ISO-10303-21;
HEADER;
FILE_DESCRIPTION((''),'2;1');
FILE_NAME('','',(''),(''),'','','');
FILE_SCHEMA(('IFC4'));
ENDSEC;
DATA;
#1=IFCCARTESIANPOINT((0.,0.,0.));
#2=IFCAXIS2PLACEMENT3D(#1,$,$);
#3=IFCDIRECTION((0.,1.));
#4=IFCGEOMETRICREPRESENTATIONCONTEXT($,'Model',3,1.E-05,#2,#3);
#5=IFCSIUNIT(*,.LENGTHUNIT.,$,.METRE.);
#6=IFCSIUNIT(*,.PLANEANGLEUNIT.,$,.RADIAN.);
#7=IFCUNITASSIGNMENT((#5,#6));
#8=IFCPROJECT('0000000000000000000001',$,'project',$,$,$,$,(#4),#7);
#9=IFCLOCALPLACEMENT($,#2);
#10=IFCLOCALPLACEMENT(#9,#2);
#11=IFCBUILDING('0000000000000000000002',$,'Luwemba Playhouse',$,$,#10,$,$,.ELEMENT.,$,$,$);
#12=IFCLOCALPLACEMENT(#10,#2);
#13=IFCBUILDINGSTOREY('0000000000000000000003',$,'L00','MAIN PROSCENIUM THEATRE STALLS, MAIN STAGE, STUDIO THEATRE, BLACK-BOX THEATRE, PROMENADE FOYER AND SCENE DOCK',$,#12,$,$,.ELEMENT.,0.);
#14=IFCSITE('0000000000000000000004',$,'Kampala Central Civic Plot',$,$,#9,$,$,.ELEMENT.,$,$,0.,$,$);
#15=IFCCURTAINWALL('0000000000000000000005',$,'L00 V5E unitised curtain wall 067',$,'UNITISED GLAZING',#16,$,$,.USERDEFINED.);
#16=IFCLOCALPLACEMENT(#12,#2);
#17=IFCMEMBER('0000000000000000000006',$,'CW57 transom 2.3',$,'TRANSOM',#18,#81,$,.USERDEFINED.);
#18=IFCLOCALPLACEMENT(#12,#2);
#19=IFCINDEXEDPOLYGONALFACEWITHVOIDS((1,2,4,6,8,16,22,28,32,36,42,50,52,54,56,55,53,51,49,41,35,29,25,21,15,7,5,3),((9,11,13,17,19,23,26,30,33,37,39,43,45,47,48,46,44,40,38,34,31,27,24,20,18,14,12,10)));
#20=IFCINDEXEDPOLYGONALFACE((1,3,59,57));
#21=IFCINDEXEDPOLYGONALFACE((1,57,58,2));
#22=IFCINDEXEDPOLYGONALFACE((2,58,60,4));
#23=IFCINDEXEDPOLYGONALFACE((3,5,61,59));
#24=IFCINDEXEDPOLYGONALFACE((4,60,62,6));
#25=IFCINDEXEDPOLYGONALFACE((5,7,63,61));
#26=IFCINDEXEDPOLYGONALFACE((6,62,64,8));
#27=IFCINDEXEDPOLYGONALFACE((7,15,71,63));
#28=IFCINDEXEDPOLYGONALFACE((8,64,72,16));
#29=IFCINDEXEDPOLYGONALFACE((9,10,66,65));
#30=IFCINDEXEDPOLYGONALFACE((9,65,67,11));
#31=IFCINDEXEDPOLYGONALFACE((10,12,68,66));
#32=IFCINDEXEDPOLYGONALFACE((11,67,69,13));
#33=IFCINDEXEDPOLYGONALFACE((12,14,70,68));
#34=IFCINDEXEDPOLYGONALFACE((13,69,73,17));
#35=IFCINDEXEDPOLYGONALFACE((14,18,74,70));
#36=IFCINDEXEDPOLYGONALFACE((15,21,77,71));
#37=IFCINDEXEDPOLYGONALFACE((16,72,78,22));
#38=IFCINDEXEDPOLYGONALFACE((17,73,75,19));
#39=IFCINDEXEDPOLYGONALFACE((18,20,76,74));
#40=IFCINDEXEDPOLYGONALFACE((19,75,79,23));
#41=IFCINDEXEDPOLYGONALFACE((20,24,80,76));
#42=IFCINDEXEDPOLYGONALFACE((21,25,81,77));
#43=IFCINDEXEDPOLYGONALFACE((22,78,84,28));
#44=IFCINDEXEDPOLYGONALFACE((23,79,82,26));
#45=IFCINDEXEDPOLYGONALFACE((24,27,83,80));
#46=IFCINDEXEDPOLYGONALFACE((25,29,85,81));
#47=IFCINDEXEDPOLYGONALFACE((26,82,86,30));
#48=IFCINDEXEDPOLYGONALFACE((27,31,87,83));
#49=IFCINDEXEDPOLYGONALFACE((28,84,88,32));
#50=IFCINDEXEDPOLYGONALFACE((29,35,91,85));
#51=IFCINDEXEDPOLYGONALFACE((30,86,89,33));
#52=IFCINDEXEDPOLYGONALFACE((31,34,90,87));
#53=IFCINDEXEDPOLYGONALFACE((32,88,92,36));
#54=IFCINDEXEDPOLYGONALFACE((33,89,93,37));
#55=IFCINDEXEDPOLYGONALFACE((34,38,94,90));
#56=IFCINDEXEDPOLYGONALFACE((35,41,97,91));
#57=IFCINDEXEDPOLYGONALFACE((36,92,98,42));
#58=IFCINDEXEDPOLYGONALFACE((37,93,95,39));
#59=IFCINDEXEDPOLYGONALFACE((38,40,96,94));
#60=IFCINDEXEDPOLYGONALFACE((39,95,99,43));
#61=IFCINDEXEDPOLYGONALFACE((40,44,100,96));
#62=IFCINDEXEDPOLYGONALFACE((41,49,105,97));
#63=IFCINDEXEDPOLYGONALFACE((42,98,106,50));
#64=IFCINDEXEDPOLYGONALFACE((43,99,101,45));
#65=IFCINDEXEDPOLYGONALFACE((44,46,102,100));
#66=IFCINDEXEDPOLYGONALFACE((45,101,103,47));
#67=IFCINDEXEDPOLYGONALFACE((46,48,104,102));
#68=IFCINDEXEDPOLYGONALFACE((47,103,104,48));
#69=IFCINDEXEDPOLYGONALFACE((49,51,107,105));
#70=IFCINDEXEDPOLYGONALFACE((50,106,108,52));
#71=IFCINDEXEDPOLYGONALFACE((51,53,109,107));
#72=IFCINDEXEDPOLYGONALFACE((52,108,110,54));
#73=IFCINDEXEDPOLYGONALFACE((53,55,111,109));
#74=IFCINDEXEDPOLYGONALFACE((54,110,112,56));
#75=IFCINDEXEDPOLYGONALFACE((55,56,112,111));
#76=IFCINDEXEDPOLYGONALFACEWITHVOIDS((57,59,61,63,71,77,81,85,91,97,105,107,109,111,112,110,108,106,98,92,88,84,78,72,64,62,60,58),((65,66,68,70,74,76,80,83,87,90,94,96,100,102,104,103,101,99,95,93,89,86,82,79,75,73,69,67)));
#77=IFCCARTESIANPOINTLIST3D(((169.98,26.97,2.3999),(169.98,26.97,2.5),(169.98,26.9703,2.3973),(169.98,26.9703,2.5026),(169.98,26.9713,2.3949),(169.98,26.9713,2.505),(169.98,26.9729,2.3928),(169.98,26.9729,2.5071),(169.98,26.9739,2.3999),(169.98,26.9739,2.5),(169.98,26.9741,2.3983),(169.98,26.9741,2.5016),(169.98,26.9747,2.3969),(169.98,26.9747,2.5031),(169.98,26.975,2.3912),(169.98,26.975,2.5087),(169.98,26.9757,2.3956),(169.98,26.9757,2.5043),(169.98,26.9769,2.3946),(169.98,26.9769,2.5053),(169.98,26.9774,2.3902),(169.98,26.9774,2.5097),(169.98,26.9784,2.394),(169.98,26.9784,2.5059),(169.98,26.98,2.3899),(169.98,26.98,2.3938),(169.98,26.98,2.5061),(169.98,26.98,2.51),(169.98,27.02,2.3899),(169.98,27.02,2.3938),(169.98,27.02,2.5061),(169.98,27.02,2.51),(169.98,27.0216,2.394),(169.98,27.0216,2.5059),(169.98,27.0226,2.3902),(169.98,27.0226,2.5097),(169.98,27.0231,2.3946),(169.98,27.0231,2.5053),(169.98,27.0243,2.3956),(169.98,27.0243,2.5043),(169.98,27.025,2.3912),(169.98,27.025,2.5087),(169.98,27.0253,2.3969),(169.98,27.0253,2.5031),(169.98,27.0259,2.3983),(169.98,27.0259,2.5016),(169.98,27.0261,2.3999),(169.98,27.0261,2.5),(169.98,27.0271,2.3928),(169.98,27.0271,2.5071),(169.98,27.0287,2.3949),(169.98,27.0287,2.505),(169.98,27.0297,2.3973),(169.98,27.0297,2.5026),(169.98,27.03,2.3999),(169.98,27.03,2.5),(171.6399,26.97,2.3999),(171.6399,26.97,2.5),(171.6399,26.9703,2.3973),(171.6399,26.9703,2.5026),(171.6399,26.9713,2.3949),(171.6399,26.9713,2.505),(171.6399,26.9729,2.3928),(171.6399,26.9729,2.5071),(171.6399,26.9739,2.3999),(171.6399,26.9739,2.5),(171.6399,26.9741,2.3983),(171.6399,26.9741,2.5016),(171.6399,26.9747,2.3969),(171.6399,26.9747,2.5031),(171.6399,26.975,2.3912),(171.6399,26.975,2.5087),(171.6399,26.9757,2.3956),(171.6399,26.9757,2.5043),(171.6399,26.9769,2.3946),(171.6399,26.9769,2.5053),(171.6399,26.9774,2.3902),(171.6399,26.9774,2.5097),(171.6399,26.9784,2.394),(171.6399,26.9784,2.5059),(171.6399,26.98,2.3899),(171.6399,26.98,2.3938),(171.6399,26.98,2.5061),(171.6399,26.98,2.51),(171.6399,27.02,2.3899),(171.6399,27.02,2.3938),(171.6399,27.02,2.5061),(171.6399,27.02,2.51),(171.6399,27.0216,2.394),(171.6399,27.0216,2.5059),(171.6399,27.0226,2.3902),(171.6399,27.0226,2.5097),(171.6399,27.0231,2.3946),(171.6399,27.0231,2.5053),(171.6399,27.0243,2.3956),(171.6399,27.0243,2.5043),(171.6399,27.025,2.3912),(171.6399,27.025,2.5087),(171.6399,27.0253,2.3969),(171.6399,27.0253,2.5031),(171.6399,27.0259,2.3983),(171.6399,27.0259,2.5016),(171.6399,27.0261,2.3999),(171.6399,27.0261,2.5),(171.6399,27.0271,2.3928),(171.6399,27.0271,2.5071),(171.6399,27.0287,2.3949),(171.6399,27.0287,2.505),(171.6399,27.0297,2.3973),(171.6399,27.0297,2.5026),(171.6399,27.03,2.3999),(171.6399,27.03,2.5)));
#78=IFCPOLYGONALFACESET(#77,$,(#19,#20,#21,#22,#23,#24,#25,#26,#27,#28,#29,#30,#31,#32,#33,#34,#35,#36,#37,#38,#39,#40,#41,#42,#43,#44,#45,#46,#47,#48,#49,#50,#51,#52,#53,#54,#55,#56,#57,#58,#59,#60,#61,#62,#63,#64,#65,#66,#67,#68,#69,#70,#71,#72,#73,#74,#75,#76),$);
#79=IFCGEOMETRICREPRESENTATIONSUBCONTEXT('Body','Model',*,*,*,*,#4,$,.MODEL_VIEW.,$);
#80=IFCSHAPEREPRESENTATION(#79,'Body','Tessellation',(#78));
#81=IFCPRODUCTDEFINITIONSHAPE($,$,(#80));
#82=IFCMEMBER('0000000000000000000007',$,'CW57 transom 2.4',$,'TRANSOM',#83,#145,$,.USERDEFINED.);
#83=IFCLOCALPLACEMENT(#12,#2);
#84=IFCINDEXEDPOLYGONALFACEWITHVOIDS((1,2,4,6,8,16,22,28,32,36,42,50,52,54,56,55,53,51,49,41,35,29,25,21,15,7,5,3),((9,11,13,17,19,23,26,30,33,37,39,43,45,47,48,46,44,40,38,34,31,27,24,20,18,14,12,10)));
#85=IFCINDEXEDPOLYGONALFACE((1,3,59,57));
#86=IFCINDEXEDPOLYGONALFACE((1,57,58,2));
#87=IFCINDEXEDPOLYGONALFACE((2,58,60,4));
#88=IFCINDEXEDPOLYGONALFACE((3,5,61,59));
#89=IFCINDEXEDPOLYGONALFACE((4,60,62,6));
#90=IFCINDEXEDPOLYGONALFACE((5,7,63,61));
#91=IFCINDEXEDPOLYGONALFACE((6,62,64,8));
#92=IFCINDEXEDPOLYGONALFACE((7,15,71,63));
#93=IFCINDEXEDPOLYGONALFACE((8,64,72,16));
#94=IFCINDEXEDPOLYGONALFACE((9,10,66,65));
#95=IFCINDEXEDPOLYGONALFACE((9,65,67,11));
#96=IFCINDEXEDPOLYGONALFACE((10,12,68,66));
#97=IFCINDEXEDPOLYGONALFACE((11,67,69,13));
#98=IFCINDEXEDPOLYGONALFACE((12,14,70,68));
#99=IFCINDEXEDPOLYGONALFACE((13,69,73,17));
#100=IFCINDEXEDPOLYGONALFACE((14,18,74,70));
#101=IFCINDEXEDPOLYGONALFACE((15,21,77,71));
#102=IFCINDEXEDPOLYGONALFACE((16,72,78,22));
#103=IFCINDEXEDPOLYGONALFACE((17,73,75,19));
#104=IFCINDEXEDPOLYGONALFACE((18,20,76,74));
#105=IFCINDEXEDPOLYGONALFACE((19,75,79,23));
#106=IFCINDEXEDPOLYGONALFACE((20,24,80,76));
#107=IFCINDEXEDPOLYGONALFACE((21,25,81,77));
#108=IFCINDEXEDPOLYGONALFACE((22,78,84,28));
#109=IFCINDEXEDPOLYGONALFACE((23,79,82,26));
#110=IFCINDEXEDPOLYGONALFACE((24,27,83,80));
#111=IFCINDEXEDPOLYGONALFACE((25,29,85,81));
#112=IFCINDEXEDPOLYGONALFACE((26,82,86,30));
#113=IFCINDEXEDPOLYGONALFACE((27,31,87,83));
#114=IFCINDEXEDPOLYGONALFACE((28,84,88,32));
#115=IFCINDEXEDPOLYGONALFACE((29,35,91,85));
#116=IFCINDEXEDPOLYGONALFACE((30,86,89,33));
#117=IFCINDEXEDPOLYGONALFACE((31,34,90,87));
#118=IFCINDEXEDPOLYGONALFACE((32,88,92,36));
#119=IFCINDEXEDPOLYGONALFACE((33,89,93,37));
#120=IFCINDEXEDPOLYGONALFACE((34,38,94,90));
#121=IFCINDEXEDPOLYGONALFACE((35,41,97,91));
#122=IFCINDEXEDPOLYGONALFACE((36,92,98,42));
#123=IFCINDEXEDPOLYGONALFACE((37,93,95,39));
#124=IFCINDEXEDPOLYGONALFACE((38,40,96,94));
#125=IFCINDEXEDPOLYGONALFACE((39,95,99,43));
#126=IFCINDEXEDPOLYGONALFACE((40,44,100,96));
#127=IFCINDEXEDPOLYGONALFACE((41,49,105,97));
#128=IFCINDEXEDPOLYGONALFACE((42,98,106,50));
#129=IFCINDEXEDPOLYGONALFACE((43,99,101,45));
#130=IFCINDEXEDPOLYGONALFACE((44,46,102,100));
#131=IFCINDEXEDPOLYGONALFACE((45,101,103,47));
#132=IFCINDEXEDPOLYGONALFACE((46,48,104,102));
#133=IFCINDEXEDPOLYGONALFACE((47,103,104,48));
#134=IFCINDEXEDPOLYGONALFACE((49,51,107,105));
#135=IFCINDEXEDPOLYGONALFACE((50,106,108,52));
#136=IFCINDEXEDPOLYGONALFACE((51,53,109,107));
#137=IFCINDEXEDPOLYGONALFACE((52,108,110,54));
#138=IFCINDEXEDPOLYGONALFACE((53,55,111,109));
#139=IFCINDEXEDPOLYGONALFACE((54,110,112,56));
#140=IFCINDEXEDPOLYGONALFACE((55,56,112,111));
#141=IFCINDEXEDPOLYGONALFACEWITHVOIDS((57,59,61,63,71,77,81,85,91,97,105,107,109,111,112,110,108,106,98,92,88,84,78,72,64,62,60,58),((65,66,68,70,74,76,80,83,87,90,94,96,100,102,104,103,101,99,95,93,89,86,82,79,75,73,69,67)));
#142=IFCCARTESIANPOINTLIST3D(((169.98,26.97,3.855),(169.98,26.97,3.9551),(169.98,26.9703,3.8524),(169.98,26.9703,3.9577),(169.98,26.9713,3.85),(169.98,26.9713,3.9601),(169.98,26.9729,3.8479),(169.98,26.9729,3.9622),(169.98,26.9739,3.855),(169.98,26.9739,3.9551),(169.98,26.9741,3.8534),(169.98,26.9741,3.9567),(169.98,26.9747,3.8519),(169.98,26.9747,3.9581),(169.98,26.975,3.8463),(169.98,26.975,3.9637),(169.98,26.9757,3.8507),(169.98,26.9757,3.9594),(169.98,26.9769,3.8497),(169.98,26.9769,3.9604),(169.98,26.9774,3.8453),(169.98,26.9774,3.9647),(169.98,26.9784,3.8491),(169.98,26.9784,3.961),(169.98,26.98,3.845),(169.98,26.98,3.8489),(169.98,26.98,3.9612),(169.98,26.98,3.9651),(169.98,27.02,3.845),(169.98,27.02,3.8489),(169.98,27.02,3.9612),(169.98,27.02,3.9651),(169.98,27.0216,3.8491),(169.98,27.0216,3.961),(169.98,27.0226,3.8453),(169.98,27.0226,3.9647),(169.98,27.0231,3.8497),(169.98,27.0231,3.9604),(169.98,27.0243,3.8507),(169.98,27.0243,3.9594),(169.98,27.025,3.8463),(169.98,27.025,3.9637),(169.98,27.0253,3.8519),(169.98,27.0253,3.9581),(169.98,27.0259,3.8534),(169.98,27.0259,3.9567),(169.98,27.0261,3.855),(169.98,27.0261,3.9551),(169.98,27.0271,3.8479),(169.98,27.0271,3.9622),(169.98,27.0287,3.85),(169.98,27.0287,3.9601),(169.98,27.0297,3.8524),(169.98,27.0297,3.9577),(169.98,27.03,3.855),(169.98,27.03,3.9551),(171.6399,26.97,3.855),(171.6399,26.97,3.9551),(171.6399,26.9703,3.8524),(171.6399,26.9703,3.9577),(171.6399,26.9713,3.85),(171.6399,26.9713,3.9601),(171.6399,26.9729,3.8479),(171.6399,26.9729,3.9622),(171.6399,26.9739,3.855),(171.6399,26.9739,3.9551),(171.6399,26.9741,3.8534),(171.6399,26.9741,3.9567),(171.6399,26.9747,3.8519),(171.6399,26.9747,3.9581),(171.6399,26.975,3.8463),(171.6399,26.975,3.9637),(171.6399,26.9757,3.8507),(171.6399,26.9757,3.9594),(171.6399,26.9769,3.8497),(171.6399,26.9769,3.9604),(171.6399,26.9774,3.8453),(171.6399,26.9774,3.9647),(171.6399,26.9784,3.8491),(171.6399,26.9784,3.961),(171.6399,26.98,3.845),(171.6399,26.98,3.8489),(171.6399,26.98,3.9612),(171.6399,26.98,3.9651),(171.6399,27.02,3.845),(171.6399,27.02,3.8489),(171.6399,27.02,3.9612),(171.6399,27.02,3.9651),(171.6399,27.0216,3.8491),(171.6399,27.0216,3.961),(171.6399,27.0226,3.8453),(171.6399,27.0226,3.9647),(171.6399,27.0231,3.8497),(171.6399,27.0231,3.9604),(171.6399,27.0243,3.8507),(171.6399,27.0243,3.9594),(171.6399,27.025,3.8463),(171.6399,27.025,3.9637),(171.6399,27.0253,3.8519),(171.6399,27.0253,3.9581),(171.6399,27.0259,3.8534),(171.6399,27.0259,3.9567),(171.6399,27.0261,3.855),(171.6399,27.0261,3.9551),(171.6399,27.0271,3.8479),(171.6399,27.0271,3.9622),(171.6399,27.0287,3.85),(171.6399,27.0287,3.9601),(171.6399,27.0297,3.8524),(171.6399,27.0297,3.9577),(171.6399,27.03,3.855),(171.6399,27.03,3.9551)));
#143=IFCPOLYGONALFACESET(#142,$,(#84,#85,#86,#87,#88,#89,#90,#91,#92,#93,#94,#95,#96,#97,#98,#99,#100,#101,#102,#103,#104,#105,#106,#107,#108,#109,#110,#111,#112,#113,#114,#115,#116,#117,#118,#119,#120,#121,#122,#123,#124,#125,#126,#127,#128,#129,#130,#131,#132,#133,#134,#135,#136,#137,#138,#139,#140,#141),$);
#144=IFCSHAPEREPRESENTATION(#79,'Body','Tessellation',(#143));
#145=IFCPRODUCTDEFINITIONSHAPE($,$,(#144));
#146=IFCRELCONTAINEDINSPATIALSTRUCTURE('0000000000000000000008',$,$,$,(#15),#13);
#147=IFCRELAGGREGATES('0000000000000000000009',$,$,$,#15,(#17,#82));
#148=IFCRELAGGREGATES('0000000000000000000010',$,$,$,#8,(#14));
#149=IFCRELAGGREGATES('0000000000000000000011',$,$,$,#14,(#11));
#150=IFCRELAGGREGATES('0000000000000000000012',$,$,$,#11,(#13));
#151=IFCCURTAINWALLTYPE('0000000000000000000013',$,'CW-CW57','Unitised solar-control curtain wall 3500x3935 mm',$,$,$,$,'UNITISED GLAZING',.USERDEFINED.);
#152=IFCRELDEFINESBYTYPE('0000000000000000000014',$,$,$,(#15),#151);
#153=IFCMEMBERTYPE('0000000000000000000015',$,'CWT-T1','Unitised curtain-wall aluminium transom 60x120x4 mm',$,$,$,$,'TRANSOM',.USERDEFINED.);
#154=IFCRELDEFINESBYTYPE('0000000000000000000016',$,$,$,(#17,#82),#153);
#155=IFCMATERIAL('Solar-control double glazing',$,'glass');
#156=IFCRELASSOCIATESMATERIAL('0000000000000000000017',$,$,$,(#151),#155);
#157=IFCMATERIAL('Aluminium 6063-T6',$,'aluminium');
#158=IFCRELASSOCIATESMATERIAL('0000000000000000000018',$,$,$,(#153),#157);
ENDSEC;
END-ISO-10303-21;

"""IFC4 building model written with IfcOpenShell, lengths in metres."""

from ifc_helpers import new_model, si_unit, direction, frame, origin, origin_2d, place, context, subcontext, project, spatial, hollow_rectangle, extrude, material, material_profile, profile_set, type_object, element, aggregate, save


model = new_model("IFC4")

# Units and contexts
model_context = context("Model", 3, precision=1e-05, world=origin(), true_north=direction((0.0, 1.0)))
body_context = subcontext(model_context, "Body", "Model", "MODEL_VIEW")
ifc_project = project(units=[si_unit("LENGTHUNIT", "METRE"), si_unit("PLANEANGLEUNIT", "RADIAN")], contexts=[model_context])

# Site, building, storey
site_placement = place(None, origin())
site = spatial("IfcSite", under=ifc_project, at=site_placement, Name="Kampala Central Civic Plot", CompositionType="ELEMENT", RefElevation=0.0)
building_placement = place(site_placement, origin())
building = spatial("IfcBuilding", under=site, at=building_placement, Name="Luwemba Playhouse", CompositionType="ELEMENT")
storey_placement = place(building_placement, origin())
storey = spatial("IfcBuildingStorey", under=building, at=storey_placement, Name="L00", Description="MAIN PROSCENIUM THEATRE STALLS, MAIN STAGE, STUDIO THEATRE, BLACK-BOX THEATRE, PROMENADE FOYER AND SCENE DOCK", CompositionType="ELEMENT", Elevation=0.0)

# Curtain wall
ifc_material_1 = material(Name="Solar-control double glazing", Category="glass")
curtain_wall_type_1 = type_object("IfcCurtainWallType", Name="CW-CW57", Description="Unitised solar-control curtain wall 3500x3935 mm", ElementType="UNITISED GLAZING", PredefinedType="USERDEFINED", material=ifc_material_1)
curtain_wall_1_placement = place(storey_placement, origin())
curtain_wall_1 = element("IfcCurtainWall", 1, at=curtain_wall_1_placement, inside=storey, type_object=curtain_wall_type_1, Name="L00 V5E unitised curtain wall 067", ObjectType="UNITISED GLAZING", PredefinedType="USERDEFINED")
ifc_material_2 = material(Name="Aluminium 6063-T6", Category="aluminium")

# Members
ifc_material_profile_1 = material_profile(ifc_material_2, hollow_rectangle(XDim=0.0601, YDim=0.1201, WallThickness=0.0039, InnerFilletRadius=0.0061, OuterFilletRadius=0.01, at=origin_2d()))
ifc_profile_set_1 = profile_set([ifc_material_profile_1], Name="Aluminium 6063-T6")
member_type_1 = type_object("IfcMemberType", Name="CWT-T1", Description="Unitised curtain-wall aluminium transom 60x120x4 mm", ElementType="TRANSOM", PredefinedType="USERDEFINED", material=ifc_profile_set_1)
member_1_placement = place(storey_placement, frame((169.98, 27.0, 2.45), z_axis=(1.0, 0.0, 0.0), x_axis=(0.0, 1.0, 0.0)))
member_1 = element("IfcMember", 2, at=member_1_placement, type_object=member_type_1, Name="CW57 transom 2.3", ObjectType="TRANSOM", PredefinedType="USERDEFINED", context=body_context, shape_type="SweptSolid", body=[
    extrude(hollow_rectangle(XDim=0.0601, YDim=0.1201, WallThickness=0.0039, InnerFilletRadius=0.0061, OuterFilletRadius=0.01, at=origin_2d()), origin(), (0.0, 0.0, 1.0), 1.6599),
])
member_2_placement = place(storey_placement, frame((169.98, 27.0, 3.905), z_axis=(1.0, 0.0, 0.0), x_axis=(0.0, 1.0, 0.0)))
member_2 = element("IfcMember", 3, at=member_2_placement, type_object=member_type_1, Name="CW57 transom 2.4", ObjectType="TRANSOM", PredefinedType="USERDEFINED", context=body_context, shape_type="SweptSolid", body=[
    extrude(hollow_rectangle(XDim=0.0601, YDim=0.1201, WallThickness=0.0039, InnerFilletRadius=0.0061, OuterFilletRadius=0.01, at=origin_2d()), origin(), (0.0, 0.0, 1.0), 1.6599),
])

aggregate(curtain_wall_1, [member_1, member_2])

save(model, "model.ifc")
